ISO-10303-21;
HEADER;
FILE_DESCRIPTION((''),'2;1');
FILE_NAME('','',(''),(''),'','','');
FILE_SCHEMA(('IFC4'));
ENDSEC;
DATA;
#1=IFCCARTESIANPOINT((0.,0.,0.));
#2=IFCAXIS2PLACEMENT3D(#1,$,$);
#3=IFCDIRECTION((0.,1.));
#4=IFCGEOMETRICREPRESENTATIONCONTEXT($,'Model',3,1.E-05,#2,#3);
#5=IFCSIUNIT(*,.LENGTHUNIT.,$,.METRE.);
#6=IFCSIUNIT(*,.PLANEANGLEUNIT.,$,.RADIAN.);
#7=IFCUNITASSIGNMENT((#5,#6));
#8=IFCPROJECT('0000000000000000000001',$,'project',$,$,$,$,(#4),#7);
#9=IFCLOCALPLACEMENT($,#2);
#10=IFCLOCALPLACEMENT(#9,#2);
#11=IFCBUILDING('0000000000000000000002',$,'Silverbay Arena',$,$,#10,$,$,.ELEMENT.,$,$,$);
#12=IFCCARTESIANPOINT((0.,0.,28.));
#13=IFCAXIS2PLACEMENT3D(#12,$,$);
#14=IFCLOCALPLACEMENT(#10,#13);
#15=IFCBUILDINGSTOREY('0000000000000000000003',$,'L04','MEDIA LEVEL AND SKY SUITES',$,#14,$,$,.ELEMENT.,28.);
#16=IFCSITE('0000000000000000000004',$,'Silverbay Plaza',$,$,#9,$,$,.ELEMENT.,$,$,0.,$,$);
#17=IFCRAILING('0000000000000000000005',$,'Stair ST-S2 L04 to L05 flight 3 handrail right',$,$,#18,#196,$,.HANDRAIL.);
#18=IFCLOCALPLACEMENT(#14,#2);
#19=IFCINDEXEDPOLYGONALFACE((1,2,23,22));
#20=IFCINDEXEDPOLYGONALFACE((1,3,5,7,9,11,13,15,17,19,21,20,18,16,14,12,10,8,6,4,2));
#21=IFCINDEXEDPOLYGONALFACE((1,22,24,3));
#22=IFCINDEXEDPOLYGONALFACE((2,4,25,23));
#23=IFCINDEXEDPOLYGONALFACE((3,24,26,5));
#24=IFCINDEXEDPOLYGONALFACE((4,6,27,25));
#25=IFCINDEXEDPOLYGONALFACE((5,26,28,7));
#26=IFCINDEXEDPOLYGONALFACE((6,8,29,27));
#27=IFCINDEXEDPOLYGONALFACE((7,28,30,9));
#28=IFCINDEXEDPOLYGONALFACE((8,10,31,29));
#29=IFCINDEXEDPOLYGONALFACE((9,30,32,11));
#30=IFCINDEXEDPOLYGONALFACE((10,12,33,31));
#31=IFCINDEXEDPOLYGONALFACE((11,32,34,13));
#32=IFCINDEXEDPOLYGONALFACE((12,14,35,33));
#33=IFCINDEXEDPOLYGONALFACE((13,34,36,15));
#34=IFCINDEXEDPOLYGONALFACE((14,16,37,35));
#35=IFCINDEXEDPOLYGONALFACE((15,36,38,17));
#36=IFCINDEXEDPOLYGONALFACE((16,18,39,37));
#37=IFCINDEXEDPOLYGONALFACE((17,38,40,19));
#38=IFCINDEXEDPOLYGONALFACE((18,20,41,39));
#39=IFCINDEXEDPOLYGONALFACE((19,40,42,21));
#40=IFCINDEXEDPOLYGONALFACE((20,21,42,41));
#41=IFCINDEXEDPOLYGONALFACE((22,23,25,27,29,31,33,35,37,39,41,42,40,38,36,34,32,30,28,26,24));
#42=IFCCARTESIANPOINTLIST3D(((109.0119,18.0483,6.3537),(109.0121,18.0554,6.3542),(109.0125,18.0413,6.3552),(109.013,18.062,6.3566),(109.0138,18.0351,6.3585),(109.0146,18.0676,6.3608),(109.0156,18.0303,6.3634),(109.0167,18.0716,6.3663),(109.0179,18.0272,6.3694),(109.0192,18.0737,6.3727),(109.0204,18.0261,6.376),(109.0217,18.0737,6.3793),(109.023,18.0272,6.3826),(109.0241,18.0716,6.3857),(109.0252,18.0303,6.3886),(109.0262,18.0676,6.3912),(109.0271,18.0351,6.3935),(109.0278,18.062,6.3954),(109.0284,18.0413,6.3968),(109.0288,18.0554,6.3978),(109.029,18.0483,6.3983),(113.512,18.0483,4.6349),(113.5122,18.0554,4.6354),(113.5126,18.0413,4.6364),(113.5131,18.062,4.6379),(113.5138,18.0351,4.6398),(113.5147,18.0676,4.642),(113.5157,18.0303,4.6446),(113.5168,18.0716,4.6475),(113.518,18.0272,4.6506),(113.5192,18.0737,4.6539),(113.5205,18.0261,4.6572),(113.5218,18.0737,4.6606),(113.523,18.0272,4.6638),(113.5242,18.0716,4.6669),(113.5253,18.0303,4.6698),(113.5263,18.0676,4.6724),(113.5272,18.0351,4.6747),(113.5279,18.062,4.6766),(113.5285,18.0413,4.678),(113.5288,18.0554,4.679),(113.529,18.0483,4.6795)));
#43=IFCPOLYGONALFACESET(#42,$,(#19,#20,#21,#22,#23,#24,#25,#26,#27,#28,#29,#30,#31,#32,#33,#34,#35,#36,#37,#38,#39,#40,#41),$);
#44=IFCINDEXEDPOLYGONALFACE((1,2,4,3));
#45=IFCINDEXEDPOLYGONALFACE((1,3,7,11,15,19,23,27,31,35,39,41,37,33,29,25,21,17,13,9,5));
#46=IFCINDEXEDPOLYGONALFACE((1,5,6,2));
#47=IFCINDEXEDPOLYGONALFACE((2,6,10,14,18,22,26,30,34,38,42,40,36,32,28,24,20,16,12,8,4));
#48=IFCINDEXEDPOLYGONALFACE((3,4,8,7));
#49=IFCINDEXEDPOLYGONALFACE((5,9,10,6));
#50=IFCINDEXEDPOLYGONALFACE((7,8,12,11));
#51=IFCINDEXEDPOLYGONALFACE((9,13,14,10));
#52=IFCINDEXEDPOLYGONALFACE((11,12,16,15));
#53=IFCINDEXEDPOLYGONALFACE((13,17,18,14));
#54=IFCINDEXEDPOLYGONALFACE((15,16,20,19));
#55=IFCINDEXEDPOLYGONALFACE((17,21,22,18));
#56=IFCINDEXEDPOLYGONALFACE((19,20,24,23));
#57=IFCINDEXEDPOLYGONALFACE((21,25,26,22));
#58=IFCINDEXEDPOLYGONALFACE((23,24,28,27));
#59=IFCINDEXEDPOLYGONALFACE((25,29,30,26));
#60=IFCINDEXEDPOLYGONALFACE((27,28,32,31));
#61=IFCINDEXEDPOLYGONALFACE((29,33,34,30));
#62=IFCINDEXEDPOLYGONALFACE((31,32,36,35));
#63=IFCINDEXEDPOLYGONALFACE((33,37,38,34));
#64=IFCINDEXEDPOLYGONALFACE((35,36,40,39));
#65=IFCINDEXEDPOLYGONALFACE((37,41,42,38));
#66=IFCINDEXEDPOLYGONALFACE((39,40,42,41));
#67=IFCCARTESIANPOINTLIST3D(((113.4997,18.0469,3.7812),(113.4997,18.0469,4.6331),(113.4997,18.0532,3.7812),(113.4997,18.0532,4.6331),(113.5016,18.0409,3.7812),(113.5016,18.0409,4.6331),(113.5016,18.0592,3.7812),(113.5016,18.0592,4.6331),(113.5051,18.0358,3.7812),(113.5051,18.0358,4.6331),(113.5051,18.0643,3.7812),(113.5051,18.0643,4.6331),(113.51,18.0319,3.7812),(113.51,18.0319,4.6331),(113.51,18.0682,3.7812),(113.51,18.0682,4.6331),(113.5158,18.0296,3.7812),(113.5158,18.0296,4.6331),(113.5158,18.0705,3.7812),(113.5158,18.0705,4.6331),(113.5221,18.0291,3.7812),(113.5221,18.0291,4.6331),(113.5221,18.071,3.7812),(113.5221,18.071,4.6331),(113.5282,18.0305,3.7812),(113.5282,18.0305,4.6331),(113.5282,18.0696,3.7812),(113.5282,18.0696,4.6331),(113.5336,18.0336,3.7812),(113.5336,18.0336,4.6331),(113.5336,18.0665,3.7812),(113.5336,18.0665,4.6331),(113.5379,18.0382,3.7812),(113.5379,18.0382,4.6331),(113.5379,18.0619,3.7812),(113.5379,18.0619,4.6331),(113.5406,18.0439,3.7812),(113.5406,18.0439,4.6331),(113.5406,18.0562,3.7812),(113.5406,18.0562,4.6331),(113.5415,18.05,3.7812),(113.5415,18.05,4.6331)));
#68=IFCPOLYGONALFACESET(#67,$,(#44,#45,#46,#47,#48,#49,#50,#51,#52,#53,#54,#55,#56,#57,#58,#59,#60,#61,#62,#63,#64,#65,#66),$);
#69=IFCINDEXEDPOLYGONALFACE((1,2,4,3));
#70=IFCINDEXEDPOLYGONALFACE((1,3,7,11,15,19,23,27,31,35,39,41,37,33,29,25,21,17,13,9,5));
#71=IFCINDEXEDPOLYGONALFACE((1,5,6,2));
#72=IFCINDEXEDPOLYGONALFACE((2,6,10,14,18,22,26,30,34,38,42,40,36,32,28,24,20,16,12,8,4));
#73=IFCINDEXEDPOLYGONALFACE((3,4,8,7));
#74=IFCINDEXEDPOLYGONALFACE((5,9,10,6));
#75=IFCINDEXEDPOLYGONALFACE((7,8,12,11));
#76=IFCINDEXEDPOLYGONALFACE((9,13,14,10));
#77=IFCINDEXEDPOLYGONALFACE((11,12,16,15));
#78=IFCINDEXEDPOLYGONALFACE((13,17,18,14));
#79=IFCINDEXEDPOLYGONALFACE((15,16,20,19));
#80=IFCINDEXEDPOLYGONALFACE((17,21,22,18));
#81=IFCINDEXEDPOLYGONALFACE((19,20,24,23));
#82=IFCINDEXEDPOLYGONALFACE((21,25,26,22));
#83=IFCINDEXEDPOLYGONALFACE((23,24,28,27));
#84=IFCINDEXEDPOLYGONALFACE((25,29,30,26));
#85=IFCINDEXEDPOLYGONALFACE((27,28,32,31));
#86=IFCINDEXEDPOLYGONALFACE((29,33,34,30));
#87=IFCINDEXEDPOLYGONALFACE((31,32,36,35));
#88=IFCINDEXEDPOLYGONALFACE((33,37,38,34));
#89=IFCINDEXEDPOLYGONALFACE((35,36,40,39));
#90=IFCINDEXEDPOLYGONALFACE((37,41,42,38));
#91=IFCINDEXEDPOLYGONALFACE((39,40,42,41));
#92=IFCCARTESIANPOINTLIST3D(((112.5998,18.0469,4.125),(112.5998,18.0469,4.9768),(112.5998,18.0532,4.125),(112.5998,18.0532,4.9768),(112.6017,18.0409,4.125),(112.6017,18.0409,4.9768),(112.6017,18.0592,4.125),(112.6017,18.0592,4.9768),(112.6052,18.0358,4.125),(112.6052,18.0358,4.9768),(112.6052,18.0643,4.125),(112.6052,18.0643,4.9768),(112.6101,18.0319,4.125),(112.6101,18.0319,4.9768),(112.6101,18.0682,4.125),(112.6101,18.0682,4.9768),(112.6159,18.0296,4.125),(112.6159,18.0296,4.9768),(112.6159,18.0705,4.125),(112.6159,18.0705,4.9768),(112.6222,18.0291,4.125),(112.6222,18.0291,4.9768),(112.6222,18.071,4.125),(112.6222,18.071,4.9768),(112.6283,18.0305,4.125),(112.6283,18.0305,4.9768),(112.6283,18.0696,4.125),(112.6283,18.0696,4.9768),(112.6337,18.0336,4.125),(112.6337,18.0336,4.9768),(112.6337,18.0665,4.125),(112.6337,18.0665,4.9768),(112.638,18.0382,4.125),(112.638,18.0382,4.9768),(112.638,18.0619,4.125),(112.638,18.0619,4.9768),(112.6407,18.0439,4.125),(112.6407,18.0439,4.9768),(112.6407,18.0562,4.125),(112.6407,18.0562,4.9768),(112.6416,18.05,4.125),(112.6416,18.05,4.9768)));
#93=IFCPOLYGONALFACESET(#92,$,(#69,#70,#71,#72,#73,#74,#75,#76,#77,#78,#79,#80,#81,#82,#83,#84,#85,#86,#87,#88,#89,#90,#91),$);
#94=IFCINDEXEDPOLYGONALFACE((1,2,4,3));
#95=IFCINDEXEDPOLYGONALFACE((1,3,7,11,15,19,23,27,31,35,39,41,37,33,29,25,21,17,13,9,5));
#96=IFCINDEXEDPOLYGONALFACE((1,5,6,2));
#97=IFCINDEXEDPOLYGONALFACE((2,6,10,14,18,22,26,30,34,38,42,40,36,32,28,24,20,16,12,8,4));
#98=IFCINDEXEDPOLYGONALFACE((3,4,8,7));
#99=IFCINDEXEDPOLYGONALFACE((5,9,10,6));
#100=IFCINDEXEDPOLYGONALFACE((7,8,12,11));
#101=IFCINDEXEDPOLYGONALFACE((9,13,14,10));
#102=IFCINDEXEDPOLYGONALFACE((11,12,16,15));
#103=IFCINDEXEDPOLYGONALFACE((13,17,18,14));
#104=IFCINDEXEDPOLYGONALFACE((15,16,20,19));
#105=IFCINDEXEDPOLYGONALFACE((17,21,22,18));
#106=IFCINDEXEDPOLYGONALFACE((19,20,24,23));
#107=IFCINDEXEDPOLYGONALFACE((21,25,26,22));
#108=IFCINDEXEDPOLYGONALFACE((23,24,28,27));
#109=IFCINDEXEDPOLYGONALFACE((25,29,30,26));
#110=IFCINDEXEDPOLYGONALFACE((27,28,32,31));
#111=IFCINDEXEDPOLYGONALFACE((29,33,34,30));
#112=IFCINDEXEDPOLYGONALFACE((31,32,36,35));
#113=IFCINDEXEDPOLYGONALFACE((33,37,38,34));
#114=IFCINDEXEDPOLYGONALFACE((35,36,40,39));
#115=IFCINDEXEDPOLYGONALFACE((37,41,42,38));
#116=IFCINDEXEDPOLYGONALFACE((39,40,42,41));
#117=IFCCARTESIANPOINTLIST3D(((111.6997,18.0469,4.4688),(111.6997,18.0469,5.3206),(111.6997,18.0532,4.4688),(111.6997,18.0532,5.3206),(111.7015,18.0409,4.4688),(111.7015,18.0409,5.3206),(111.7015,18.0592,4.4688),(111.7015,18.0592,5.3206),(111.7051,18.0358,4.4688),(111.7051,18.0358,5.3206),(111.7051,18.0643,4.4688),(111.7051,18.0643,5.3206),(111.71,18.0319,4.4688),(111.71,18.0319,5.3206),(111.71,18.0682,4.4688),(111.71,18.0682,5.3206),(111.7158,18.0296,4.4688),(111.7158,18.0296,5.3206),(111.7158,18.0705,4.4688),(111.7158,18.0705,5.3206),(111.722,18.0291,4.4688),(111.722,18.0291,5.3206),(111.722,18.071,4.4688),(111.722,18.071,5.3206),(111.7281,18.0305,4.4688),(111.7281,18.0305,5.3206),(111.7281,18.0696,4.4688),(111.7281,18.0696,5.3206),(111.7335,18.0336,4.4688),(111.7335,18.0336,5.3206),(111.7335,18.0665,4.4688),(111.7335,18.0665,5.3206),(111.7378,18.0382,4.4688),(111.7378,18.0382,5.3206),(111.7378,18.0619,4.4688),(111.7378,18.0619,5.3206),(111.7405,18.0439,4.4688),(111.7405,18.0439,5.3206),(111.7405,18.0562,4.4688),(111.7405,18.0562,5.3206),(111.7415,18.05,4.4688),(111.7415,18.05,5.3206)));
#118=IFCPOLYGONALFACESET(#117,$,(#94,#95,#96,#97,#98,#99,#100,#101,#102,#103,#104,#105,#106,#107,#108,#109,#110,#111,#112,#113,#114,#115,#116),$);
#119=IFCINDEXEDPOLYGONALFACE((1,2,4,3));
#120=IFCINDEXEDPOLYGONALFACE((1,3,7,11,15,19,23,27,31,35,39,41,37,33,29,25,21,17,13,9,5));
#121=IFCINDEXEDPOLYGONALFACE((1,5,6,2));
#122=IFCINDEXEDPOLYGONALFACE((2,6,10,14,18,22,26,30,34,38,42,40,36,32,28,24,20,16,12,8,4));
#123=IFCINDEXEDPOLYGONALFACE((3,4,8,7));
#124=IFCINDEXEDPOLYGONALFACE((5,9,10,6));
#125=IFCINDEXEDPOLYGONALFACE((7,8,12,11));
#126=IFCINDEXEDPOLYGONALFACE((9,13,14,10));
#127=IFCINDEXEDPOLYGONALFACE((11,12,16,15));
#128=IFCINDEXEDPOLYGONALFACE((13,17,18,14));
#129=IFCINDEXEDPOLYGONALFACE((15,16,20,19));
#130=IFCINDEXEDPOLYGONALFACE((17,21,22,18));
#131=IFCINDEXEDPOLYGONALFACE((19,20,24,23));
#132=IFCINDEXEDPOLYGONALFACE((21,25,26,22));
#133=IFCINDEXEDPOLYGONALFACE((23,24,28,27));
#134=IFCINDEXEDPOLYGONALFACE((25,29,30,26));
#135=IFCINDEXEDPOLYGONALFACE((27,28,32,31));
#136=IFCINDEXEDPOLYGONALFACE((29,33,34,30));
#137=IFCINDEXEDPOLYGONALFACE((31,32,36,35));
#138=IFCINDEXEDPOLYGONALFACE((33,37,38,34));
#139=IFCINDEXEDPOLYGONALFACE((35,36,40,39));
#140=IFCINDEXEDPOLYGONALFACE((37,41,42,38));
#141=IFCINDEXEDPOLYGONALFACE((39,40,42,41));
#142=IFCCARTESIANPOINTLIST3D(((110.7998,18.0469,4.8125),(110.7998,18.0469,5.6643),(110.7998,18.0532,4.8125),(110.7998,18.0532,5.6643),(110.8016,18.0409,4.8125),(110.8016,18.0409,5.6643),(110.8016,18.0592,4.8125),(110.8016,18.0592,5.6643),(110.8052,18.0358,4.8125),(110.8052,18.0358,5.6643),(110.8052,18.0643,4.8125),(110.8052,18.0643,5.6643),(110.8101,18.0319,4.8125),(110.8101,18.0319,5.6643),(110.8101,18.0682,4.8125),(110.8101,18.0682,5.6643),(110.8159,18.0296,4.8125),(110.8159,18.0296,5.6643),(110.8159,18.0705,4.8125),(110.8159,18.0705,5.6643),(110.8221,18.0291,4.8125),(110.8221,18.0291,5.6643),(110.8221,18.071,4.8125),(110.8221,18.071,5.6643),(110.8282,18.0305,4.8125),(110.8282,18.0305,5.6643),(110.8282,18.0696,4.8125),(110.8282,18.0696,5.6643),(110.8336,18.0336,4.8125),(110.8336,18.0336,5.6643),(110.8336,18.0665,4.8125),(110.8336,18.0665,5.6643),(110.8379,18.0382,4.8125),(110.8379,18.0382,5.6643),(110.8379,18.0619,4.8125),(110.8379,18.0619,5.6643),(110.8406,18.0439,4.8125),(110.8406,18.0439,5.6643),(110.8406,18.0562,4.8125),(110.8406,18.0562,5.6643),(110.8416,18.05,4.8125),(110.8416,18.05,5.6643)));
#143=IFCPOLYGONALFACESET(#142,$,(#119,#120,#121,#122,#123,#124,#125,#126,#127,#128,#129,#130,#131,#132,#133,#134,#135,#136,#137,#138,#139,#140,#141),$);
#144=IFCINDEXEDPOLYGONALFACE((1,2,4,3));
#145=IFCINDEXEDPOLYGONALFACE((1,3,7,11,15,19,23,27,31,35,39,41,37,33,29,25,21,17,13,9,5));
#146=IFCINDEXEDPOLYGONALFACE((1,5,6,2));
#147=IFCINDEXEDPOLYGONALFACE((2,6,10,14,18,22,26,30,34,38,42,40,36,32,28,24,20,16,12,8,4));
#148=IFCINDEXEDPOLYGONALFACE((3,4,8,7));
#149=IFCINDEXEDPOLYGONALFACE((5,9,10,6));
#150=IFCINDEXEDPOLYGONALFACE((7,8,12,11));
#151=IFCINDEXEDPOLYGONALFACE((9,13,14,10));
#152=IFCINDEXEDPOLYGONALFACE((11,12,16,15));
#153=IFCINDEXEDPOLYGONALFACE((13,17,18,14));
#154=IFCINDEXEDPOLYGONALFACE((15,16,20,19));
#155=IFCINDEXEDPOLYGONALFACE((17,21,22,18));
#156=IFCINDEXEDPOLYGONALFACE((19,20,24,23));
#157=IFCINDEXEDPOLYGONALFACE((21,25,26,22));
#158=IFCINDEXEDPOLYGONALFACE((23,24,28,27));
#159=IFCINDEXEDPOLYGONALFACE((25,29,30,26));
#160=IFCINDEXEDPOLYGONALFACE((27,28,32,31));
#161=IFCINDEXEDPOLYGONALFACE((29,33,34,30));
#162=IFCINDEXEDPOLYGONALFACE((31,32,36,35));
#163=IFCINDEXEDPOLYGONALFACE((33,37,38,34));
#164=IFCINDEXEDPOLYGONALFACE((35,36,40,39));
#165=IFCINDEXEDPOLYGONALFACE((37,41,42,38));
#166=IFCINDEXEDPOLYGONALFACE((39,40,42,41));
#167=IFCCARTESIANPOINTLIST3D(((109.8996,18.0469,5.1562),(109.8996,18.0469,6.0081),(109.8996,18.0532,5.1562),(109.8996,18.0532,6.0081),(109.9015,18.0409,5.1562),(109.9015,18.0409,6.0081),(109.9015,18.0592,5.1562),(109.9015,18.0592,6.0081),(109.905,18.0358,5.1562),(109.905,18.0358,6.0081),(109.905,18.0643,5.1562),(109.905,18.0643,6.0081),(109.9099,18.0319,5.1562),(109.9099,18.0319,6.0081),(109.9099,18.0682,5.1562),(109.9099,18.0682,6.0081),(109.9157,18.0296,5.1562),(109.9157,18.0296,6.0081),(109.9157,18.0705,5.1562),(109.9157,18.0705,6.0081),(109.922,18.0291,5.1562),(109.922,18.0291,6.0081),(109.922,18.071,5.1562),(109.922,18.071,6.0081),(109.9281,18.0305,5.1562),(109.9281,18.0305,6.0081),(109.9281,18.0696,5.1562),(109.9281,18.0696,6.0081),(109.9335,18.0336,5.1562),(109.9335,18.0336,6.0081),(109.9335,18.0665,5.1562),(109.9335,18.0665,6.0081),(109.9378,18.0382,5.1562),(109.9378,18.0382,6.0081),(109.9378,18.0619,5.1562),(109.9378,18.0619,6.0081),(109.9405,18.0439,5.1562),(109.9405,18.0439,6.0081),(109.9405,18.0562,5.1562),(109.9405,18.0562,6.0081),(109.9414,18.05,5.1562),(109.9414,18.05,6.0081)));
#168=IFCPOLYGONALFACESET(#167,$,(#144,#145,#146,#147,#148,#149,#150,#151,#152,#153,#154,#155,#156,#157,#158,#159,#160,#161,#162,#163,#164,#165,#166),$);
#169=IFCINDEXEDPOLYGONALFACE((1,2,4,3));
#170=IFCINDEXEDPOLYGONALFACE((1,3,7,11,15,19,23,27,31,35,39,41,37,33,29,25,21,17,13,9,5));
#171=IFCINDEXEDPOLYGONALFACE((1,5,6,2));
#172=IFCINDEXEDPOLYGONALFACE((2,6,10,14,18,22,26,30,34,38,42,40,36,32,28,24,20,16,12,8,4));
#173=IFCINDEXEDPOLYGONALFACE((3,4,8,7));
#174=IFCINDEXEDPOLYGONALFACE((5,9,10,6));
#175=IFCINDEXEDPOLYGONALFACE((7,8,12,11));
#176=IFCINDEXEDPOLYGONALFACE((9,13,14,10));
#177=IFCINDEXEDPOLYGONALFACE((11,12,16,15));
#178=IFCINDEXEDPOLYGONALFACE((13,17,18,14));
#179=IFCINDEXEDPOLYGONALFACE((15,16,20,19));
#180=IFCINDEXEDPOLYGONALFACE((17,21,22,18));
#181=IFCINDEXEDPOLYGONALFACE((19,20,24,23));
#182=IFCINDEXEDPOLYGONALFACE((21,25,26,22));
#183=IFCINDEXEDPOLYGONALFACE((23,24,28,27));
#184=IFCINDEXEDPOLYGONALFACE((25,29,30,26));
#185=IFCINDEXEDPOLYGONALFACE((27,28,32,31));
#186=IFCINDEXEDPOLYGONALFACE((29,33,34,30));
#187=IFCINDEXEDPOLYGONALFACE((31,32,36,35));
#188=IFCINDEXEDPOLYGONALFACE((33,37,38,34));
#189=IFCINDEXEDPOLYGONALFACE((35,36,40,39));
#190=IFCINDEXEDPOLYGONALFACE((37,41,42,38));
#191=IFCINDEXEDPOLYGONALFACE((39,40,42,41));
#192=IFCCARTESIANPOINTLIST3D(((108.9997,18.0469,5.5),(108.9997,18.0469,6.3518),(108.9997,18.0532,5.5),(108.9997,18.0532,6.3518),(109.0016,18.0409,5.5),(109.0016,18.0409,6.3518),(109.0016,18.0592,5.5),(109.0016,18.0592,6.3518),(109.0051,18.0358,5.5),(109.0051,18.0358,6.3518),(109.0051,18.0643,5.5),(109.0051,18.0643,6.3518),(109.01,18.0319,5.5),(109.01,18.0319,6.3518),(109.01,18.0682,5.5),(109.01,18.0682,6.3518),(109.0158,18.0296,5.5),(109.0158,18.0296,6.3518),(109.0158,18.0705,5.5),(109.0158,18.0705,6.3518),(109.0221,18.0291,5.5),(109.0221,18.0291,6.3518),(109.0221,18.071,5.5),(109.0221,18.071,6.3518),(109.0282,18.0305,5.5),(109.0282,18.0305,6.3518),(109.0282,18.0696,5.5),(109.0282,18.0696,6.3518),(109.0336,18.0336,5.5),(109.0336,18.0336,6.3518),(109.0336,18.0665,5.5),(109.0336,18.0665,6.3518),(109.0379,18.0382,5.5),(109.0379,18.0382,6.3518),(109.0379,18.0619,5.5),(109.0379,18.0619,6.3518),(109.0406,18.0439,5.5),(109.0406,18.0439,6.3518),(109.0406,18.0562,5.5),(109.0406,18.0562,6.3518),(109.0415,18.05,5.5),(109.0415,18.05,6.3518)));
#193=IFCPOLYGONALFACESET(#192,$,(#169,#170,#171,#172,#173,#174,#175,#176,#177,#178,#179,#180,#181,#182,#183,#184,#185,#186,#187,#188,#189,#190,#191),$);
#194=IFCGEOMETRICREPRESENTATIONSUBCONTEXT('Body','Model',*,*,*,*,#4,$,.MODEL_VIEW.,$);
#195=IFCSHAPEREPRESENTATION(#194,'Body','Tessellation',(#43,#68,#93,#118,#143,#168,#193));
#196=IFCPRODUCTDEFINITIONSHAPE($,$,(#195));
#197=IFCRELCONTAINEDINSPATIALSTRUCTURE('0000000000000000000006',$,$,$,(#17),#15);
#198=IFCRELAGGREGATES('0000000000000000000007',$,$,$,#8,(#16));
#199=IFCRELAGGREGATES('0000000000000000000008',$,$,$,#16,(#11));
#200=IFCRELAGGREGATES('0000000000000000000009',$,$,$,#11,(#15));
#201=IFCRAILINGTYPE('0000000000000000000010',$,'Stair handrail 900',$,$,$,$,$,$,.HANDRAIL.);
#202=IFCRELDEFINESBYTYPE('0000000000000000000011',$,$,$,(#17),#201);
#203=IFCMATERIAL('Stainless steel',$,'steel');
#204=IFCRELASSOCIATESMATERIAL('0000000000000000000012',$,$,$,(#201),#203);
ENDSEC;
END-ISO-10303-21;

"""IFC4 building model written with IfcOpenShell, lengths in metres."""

from ifc_helpers import new_model, si_unit, direction, frame, origin, origin_2d, place, context, subcontext, project, spatial, circle, extrude, material, type_object, element, save


model = new_model("IFC4")

# Units and contexts
model_context = context("Model", 3, precision=1e-05, world=origin(), true_north=direction((0.0, 1.0)))
body_context = subcontext(model_context, "Body", "Model", "MODEL_VIEW")
ifc_project = project(units=[si_unit("LENGTHUNIT", "METRE"), si_unit("PLANEANGLEUNIT", "RADIAN")], contexts=[model_context])

# Site, building, storey
site_placement = place(None, origin())
site = spatial("IfcSite", under=ifc_project, at=site_placement, Name="Silverbay Plaza", CompositionType="ELEMENT", RefElevation=0.0)
building_placement = place(site_placement, origin())
building = spatial("IfcBuilding", under=site, at=building_placement, Name="Silverbay Arena", CompositionType="ELEMENT")
storey_placement = place(building_placement, frame((0.0, 0.0, 28.0)))
storey = spatial("IfcBuildingStorey", under=building, at=storey_placement, Name="L04", Description="MEDIA LEVEL AND SKY SUITES", CompositionType="ELEMENT", Elevation=28.0)

# Railing
ifc_material_1 = material(Name="Stainless steel", Category="steel")
railing_type_1 = type_object("IfcRailingType", Name="Stair handrail 900", PredefinedType="HANDRAIL", material=ifc_material_1)
for number, where, name in (
    (1, (113.5205, 18.05, 3.7812), "Stair ST-S2 L04 to L05 flight 3 handrail right"),
):
    element("IfcRailing", number, at=place(storey_placement, frame(where)), inside=storey, type_object=railing_type_1, Name=name, PredefinedType="HANDRAIL", context=body_context, shape_type="SweptSolid", body=[
        extrude(circle(Radius=0.0239, at=origin_2d()), frame((0.0, 0.0, 0.876), z_axis=(-0.934179, 0.0, 0.356805), x_axis=(0.0, -1.0, 0.0)), (0.0, 0.0, 1.0), 4.8171),
        extrude(circle(Radius=0.021, at=origin_2d()), origin(), (0.0, 0.0, 1.0), 0.8518),
        extrude(circle(Radius=0.021, at=origin_2d()), frame((-0.8999, 0.0, 0.3438)), (0.0, 0.0, 1.0), 0.8518),
        extrude(circle(Radius=0.021, at=origin_2d()), frame((-1.8, 0.0, 0.6875)), (0.0, 0.0, 1.0), 0.8518),
        extrude(circle(Radius=0.021, at=origin_2d()), frame((-2.7, 0.0, 1.0312)), (0.0, 0.0, 1.0), 0.8518),
        extrude(circle(Radius=0.021, at=origin_2d()), frame((-3.6001, 0.0, 1.375)), (0.0, 0.0, 1.0), 0.8518),
        extrude(circle(Radius=0.021, at=origin_2d()), frame((-4.5, 0.0, 1.7188)), (0.0, 0.0, 1.0), 0.8518),
    ])

save(model, "model.ifc")
